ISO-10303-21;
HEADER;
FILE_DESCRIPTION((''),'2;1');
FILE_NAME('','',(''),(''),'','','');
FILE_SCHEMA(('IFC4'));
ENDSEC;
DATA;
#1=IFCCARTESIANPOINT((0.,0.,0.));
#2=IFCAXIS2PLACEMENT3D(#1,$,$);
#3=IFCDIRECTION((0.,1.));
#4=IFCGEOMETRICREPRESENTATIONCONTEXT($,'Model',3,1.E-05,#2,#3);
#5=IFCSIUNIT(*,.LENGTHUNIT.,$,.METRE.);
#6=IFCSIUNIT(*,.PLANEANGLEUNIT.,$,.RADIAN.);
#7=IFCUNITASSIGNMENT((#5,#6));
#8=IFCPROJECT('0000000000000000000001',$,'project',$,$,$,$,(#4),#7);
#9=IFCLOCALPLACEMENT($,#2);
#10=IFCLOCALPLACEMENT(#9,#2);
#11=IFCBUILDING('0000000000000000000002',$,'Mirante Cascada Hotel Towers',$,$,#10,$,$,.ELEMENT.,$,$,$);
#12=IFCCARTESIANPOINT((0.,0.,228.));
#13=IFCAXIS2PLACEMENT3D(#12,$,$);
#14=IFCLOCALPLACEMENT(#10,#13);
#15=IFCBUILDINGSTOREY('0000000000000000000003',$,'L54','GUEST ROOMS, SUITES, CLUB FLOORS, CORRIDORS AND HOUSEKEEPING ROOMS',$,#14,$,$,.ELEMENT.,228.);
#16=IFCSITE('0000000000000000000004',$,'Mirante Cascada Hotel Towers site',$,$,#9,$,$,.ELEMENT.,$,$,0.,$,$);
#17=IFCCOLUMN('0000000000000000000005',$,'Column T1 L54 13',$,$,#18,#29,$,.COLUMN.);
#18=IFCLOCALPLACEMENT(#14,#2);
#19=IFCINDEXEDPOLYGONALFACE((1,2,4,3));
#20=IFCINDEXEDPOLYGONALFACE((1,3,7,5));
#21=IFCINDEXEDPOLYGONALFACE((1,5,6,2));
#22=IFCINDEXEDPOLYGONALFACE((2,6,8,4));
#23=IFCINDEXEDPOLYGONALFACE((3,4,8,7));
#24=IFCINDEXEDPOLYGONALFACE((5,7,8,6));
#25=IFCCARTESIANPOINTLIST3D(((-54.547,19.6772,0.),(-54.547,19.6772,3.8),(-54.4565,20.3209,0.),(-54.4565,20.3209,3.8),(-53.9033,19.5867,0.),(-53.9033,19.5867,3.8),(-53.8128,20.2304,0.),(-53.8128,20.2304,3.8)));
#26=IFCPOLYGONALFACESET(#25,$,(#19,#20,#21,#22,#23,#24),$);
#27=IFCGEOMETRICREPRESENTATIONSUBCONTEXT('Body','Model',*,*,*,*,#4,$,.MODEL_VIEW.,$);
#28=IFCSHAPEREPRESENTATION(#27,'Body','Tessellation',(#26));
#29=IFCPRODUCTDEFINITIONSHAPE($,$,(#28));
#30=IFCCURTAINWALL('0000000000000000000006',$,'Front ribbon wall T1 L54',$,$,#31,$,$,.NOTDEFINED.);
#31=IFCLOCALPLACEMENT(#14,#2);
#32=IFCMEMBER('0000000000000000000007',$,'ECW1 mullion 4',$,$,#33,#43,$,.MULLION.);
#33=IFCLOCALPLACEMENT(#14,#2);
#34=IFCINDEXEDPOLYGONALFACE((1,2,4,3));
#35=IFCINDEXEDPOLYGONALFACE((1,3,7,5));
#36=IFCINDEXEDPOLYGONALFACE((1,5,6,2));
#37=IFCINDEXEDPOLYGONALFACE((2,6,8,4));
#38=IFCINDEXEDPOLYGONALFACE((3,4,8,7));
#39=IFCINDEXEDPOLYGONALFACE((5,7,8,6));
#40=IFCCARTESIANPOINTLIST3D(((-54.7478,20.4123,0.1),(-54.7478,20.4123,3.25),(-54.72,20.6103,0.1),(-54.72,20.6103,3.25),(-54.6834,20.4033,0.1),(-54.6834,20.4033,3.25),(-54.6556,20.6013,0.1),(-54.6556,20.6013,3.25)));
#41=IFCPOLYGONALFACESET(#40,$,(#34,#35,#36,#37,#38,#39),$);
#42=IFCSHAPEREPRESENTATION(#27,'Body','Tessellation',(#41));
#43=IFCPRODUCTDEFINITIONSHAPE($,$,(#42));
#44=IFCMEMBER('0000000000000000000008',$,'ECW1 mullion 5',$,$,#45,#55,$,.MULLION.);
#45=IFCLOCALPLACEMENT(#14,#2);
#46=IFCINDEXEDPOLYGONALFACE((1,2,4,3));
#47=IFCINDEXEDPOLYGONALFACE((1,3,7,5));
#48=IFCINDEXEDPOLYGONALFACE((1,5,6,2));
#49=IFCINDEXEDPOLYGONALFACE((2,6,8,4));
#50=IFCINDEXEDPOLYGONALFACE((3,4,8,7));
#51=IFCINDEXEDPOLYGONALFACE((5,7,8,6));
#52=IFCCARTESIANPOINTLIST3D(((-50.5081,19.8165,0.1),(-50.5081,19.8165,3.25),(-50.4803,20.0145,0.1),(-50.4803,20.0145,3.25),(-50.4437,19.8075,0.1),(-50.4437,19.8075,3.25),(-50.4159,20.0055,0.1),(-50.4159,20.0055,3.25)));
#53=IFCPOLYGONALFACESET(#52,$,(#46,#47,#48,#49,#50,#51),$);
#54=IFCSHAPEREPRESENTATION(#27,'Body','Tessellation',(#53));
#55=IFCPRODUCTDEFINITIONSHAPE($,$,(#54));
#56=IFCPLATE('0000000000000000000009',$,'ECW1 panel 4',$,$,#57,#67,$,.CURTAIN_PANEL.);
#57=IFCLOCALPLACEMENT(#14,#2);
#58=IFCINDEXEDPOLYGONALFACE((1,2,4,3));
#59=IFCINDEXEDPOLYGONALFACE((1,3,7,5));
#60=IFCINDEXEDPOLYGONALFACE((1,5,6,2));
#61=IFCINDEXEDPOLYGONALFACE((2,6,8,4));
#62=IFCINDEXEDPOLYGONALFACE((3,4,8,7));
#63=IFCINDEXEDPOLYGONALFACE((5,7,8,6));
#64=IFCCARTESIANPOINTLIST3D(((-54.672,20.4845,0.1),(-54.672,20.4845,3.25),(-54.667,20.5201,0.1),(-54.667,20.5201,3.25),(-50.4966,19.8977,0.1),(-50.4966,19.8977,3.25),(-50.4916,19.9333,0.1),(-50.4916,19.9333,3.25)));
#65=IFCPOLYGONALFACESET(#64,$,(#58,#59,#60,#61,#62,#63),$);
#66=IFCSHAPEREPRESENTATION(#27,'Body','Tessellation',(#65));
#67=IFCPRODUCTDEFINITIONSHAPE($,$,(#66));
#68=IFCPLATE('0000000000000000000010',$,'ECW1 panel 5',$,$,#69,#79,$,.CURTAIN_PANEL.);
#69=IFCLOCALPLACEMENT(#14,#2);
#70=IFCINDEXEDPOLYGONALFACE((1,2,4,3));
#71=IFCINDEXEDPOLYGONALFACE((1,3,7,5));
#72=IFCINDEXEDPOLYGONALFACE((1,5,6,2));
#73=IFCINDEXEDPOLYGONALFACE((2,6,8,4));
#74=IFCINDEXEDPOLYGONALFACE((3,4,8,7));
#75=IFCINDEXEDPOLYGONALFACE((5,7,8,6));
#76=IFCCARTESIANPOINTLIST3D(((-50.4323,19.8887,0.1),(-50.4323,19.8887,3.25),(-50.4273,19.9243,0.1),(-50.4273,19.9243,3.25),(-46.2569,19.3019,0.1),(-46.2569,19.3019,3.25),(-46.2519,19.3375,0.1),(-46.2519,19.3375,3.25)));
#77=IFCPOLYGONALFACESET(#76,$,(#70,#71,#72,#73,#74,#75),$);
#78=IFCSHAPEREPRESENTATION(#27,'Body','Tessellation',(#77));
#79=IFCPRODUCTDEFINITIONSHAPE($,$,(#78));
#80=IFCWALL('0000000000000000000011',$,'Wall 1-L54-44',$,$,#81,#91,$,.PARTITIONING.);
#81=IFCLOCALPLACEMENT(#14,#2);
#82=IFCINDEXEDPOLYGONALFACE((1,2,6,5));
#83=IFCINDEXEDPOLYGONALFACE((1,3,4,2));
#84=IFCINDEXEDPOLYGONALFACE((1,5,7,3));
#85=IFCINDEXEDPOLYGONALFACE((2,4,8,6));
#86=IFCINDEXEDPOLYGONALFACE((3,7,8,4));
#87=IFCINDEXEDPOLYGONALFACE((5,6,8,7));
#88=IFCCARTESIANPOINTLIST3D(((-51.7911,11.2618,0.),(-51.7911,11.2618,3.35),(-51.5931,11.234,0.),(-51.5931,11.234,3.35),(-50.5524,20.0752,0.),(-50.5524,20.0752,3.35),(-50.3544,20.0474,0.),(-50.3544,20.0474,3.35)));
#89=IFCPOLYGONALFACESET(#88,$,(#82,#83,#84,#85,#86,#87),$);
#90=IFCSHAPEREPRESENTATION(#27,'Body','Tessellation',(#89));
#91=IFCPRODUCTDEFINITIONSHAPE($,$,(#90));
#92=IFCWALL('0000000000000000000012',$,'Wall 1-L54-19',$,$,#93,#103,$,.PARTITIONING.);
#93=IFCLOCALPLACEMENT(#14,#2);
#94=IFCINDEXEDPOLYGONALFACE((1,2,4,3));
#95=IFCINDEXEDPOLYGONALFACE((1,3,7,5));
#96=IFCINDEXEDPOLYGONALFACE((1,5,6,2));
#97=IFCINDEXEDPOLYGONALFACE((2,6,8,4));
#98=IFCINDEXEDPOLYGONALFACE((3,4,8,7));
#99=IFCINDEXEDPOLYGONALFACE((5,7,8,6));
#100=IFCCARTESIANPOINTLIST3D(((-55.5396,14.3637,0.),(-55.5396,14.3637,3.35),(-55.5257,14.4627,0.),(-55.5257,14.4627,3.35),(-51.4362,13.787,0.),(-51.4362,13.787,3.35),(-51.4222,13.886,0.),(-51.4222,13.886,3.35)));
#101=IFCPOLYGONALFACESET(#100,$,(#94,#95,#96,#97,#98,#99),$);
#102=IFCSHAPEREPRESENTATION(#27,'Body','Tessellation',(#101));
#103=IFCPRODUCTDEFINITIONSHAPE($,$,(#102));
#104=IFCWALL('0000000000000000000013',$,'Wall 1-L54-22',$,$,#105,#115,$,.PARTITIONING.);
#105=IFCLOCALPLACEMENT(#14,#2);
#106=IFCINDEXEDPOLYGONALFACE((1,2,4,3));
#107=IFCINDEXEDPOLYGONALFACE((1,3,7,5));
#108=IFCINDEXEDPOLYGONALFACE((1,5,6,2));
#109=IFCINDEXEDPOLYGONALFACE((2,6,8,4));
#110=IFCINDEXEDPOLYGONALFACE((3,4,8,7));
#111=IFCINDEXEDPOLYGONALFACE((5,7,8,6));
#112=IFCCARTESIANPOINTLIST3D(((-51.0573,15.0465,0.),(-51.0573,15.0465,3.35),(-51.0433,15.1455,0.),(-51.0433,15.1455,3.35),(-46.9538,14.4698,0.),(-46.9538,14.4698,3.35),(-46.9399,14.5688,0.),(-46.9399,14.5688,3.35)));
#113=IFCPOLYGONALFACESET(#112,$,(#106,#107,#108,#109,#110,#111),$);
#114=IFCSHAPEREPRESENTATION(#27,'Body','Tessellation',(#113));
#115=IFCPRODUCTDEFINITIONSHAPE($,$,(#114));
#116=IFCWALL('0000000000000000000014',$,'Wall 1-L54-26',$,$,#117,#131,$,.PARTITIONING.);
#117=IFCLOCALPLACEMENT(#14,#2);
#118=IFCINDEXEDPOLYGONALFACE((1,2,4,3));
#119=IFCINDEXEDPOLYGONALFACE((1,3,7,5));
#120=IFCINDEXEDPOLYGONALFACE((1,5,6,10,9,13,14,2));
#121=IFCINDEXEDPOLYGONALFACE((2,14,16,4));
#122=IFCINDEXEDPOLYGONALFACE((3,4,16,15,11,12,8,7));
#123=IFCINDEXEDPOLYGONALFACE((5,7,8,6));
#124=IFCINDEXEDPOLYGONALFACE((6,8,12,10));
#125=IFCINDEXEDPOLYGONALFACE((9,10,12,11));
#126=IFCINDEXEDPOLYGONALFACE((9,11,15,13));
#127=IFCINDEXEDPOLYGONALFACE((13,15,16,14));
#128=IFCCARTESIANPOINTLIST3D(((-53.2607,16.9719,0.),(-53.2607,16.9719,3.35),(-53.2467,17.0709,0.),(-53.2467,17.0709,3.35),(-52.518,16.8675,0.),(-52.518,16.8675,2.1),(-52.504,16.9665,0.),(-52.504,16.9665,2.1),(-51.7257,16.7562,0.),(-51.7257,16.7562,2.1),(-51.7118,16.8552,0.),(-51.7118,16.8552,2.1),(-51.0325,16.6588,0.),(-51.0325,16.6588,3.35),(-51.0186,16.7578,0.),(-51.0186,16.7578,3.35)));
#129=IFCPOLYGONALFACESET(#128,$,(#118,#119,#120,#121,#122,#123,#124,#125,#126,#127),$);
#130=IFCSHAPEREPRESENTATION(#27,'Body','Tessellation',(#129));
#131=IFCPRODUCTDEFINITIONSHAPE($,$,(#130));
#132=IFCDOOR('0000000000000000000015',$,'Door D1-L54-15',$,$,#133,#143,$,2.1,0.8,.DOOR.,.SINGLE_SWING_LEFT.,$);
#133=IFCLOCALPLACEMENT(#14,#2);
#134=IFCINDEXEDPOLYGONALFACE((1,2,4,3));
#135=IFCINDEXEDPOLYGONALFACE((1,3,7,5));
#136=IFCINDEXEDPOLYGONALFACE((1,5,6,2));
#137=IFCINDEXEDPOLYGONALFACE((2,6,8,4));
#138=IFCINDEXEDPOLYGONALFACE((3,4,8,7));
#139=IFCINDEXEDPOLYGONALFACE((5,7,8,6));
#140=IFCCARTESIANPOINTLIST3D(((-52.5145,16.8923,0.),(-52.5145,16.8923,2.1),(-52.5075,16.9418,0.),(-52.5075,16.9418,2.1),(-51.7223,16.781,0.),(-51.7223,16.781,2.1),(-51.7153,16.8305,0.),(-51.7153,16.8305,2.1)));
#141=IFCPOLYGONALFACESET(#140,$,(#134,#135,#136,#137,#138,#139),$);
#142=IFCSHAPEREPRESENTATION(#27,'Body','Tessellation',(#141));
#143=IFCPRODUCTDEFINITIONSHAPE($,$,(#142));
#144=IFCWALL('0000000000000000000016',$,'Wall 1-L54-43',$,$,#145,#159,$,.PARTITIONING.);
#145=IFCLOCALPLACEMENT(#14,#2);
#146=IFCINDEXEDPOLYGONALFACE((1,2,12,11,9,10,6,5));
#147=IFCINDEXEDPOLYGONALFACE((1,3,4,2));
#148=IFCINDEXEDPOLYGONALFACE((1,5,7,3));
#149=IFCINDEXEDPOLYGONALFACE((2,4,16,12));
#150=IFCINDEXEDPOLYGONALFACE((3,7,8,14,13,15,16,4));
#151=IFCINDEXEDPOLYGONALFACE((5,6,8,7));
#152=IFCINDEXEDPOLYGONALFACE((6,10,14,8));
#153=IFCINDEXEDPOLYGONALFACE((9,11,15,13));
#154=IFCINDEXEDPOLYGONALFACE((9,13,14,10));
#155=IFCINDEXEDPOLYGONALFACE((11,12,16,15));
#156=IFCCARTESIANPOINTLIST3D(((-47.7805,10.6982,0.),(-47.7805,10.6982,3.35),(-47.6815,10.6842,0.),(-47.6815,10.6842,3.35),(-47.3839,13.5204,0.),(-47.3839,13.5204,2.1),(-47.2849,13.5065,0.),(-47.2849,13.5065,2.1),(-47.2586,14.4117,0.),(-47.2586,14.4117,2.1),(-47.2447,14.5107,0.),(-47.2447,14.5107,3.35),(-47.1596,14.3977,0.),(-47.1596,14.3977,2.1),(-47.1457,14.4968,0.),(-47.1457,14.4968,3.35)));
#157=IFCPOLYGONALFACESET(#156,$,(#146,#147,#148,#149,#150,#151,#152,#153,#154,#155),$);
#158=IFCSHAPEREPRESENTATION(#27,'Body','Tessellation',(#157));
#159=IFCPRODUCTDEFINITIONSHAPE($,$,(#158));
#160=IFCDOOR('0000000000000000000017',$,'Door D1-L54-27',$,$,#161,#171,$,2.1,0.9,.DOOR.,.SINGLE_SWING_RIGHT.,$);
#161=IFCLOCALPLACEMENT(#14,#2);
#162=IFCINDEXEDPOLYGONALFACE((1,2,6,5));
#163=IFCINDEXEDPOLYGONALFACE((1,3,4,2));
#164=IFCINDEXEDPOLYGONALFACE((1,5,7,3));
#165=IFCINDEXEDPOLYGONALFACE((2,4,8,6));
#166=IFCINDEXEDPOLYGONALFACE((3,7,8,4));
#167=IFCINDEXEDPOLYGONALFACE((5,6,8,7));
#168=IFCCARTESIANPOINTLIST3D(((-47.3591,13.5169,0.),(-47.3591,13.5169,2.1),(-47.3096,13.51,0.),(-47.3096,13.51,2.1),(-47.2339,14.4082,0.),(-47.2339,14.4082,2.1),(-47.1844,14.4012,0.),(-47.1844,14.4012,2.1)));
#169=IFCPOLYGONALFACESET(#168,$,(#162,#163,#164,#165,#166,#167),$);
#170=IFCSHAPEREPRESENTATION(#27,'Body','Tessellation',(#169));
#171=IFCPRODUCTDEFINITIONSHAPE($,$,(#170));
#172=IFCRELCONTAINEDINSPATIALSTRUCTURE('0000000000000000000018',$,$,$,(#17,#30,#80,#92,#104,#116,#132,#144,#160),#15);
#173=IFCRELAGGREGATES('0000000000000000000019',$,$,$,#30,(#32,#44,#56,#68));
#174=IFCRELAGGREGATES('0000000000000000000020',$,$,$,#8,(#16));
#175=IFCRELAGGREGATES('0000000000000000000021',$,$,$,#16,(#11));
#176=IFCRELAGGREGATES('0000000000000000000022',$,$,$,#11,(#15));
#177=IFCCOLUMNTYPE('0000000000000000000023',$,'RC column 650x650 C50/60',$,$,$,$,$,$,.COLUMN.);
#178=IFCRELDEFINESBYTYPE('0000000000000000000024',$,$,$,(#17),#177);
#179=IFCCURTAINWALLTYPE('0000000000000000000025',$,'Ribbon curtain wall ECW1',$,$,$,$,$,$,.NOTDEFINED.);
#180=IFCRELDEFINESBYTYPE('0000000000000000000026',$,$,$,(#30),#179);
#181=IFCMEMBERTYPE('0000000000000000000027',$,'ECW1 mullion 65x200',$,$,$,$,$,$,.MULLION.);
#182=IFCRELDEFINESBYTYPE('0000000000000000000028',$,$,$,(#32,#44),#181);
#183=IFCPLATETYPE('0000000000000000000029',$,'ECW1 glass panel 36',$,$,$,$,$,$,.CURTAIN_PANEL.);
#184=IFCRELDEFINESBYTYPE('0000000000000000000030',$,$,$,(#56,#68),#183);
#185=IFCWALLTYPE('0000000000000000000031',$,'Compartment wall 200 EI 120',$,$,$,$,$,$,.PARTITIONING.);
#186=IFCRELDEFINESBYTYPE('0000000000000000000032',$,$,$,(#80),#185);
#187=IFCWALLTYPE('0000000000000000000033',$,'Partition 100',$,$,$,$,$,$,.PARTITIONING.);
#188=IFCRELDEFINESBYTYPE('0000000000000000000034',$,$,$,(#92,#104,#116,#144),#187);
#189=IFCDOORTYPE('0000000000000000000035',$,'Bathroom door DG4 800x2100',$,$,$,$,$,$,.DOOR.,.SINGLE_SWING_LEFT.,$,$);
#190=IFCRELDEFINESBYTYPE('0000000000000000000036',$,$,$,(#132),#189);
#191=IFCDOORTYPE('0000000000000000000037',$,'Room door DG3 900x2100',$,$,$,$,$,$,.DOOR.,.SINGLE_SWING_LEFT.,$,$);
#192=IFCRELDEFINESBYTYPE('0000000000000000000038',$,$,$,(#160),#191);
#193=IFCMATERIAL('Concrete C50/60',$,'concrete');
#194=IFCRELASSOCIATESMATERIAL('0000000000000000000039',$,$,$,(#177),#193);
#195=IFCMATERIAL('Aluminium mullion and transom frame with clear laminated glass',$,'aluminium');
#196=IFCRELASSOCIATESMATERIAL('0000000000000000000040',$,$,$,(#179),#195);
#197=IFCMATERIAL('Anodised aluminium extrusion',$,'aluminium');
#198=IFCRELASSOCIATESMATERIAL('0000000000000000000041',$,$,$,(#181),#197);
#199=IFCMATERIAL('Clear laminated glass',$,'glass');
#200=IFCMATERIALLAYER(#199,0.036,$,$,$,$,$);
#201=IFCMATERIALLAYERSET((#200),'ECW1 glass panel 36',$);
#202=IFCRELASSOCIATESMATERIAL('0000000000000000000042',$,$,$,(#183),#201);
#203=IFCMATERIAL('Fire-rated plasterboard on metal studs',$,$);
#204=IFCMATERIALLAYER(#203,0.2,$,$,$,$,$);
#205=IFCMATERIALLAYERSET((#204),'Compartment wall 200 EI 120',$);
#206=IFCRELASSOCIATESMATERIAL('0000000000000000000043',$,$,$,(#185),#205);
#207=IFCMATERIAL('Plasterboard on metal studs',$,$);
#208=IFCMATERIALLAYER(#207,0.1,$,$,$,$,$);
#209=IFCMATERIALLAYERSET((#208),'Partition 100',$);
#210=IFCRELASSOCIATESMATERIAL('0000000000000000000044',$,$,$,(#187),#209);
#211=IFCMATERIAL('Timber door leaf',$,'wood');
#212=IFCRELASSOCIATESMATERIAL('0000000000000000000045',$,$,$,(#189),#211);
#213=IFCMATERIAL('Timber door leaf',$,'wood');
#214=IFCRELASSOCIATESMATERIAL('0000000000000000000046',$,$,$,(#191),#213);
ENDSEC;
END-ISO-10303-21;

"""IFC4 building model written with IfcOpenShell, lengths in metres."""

from ifc_helpers import new_model, si_unit, direction, frame, frame_2d, origin, origin_2d, place, context, subcontext, project, spatial, rectangle, extrude, material, layer, layer_set, material_profile, profile_set, type_object, element, fill, aggregate, save


model = new_model("IFC4")

# Units and contexts
model_context = context("Model", 3, precision=1e-05, world=origin(), true_north=direction((0.0, 1.0)))
body_context = subcontext(model_context, "Body", "Model", "MODEL_VIEW")
ifc_project = project(units=[si_unit("LENGTHUNIT", "METRE"), si_unit("PLANEANGLEUNIT", "RADIAN")], contexts=[model_context])

# Site, building, storey
site_placement = place(None, origin())
site = spatial("IfcSite", under=ifc_project, at=site_placement, Name="Mirante Cascada Hotel Towers site", CompositionType="ELEMENT", RefElevation=0.0)
building_placement = place(site_placement, origin())
building = spatial("IfcBuilding", under=site, at=building_placement, Name="Mirante Cascada Hotel Towers", CompositionType="ELEMENT")
storey_placement = place(building_placement, frame((0.0, 0.0, 228.0)))
storey = spatial("IfcBuildingStorey", under=building, at=storey_placement, Name="L54", Description="GUEST ROOMS, SUITES, CLUB FLOORS, CORRIDORS AND HOUSEKEEPING ROOMS", CompositionType="ELEMENT", Elevation=228.0)

# Column
ifc_material_1 = material(Name="Concrete C50/60", Category="concrete")
ifc_material_profile_1 = material_profile(ifc_material_1, rectangle(XDim=0.65, YDim=0.65, at=origin_2d()), Name="RC column 650x650 C50/60")
ifc_profile_set_1 = profile_set([ifc_material_profile_1], Name="Concrete C50/60")
column_type = type_object("IfcColumnType", Name="RC column 650x650 C50/60", PredefinedType="COLUMN", material=ifc_profile_set_1)
column_placement = place(storey_placement, frame((-54.1799, 19.9538, 0.0), z_axis=(0.0, 0.0, 1.0), x_axis=(-0.990268, 0.139173, 0.0)))
element("IfcColumn", 1, at=column_placement, inside=storey, type_object=column_type, Name="Column T1 L54 13", PredefinedType="COLUMN", context=body_context, shape_type="SweptSolid", body=[
    extrude(rectangle(XDim=0.65, YDim=0.65, at=origin_2d()), origin(), (0.0, 0.0, 1.0), 3.8),
])

# Curtain wall, members, plates
ifc_material_2 = material(Name="Aluminium mullion and transom frame with clear laminated glass", Category="aluminium")
curtain_wall_type = type_object("IfcCurtainWallType", Name="Ribbon curtain wall ECW1", PredefinedType="NOTDEFINED", material=ifc_material_2)
curtain_wall_placement = place(storey_placement, origin())
curtain_wall = element("IfcCurtainWall", 2, at=curtain_wall_placement, inside=storey, type_object=curtain_wall_type, Name="Front ribbon wall T1 L54", PredefinedType="NOTDEFINED")
ifc_material_3 = material(Name="Anodised aluminium extrusion", Category="aluminium")
ifc_material_profile_2 = material_profile(ifc_material_3, rectangle(XDim=0.2, YDim=0.065, at=origin_2d()), Name="ECW1 MULLION 65x200")
ifc_profile_set_2 = profile_set([ifc_material_profile_2], Name="Anodised aluminium extrusion")
member_type = type_object("IfcMemberType", Name="ECW1 mullion 65x200", PredefinedType="MULLION", material=ifc_profile_set_2)
member_1_placement = place(storey_placement, frame((-54.7017, 20.5068, 0.1), z_axis=(0.0, 0.0, 1.0), x_axis=(0.139173, 0.990268, 0.0)))
member_1 = element("IfcMember", 3, at=member_1_placement, type_object=member_type, Name="ECW1 mullion 4", PredefinedType="MULLION", context=body_context, shape_type="SweptSolid", body=[
    extrude(rectangle(XDim=0.2, YDim=0.065, at=origin_2d()), origin(), (0.0, 0.0, 1.0), 3.15),
])
member_2_placement = place(storey_placement, frame((-50.462, 19.911, 0.1), z_axis=(0.0, 0.0, 1.0), x_axis=(0.139173, 0.990268, 0.0)))
member_2 = element("IfcMember", 4, at=member_2_placement, type_object=member_type, Name="ECW1 mullion 5", PredefinedType="MULLION", context=body_context, shape_type="SweptSolid", body=[
    extrude(rectangle(XDim=0.2, YDim=0.065, at=origin_2d()), origin(), (0.0, 0.0, 1.0), 3.15),
])
ifc_material_4 = material(Name="Clear laminated glass", Category="glass")
ifc_layer_1 = layer(ifc_material_4, 0.036)
ifc_layer_set_1 = layer_set([ifc_layer_1], Name="ECW1 glass panel 36")
plate_type = type_object("IfcPlateType", Name="ECW1 glass panel 36", PredefinedType="CURTAIN_PANEL", material=ifc_layer_set_1)
plate_1_placement = place(storey_placement, frame((-52.5818, 20.2089, 0.1), z_axis=(0.0, 0.0, 1.0), x_axis=(0.990268, -0.139173, 0.0)))
plate_1 = element("IfcPlate", 5, at=plate_1_placement, type_object=plate_type, Name="ECW1 panel 4", PredefinedType="CURTAIN_PANEL", context=body_context, shape_type="SweptSolid", body=[
    extrude(rectangle(XDim=4.2164, YDim=0.036, at=origin_2d()), origin(), (0.0, 0.0, 1.0), 3.15),
])
plate_2_placement = place(storey_placement, frame((-48.3421, 19.6131, 0.1), z_axis=(0.0, 0.0, 1.0), x_axis=(0.990268, -0.139173, 0.0)))
plate_2 = element("IfcPlate", 6, at=plate_2_placement, type_object=plate_type, Name="ECW1 panel 5", PredefinedType="CURTAIN_PANEL", context=body_context, shape_type="SweptSolid", body=[
    extrude(rectangle(XDim=4.2164, YDim=0.036, at=origin_2d()), origin(), (0.0, 0.0, 1.0), 3.15),
])
aggregate(curtain_wall, [member_1, member_2, plate_1, plate_2])

# Walls
ifc_material_5 = material(Name="Fire-rated plasterboard on metal studs")
ifc_layer_2 = layer(ifc_material_5, 0.2)
ifc_layer_set_2 = layer_set([ifc_layer_2], Name="Compartment wall 200 EI 120")
wall_type_1 = type_object("IfcWallType", Name="Compartment wall 200 EI 120", PredefinedType="PARTITIONING", material=ifc_layer_set_2)
wall_1_placement = place(storey_placement, frame((-50.4534, 20.0613, 0.0), z_axis=(0.0, 0.0, 1.0), x_axis=(-0.139179, -0.990267, 0.0)))
element("IfcWall", 7, at=wall_1_placement, inside=storey, type_object=wall_type_1, Name="Wall 1-L54-44", PredefinedType="PARTITIONING", context=body_context, shape_type="SweptSolid", body=[
    extrude(rectangle(XDim=8.9, YDim=0.2, at=frame_2d((4.45, 0.0))), origin(), (0.0, 0.0, 1.0), 3.35),
])
ifc_material_6 = material(Name="Plasterboard on metal studs")
ifc_layer_3 = layer(ifc_material_6, 0.1)
ifc_layer_set_3 = layer_set([ifc_layer_3], Name="Partition 100")
wall_type_2 = type_object("IfcWallType", Name="Partition 100", PredefinedType="PARTITIONING", material=ifc_layer_set_3)
for number, where, z_axis, x_axis, name in (
    (8, (-51.4292, 13.8365, 0.0), (0.0, 0.0, 1.0), (-0.990268, 0.139171, 0.0), "Wall 1-L54-19"),
    (9, (-51.0503, 15.096, 0.0), (0.0, 0.0, 1.0), (0.990268, -0.139171, 0.0), "Wall 1-L54-22"),
):
    element("IfcWall", number, at=place(storey_placement, frame(where, z_axis=z_axis, x_axis=x_axis)), inside=storey, type_object=wall_type_2, Name=name, PredefinedType="PARTITIONING", context=body_context, shape_type="SweptSolid", body=[
        extrude(rectangle(XDim=4.1438, YDim=0.1, at=frame_2d((2.0719, 0.0))), origin(), (0.0, 0.0, 1.0), 3.35),
    ])

# Walls, openings, doors
wall_2_placement = place(storey_placement, frame((-53.2537, 17.0214, 0.0), z_axis=(0.0, 0.0, 1.0), x_axis=(0.990271, -0.139156, 0.0)))
wall_2 = element("IfcWall", 10, at=wall_2_placement, inside=storey, type_object=wall_type_2, Name="Wall 1-L54-26", PredefinedType="PARTITIONING", context=body_context, shape_type="SweptSolid", body=[
    extrude(rectangle(XDim=2.25, YDim=0.1, at=frame_2d((1.125, 0.0))), origin(), (0.0, 0.0, 1.0), 3.35),
])
opening_1_placement = place(wall_2_placement, frame((0.75, 0.0, 0.0)))
opening_1 = element("IfcOpeningElement", 11, at=opening_1_placement, cuts=wall_2, PredefinedType="OPENING", context=body_context, shape_type="SweptSolid", body=[
    extrude(rectangle(XDim=0.8, YDim=2.1, at=frame_2d((0.4, 1.05))), frame((0.0, 0.05, 0.0), z_axis=(0.0, -1.0, 0.0), x_axis=(1.0, 0.0, 0.0)), (0.0, 0.0, 1.0), 0.1),
])
ifc_material_7 = material(Name="Timber door leaf", Category="wood")
door_type_1 = type_object("IfcDoorType", Name="Bathroom door DG4 800x2100", OperationType="SINGLE_SWING_LEFT", PredefinedType="DOOR", material=ifc_material_7)
door_1_placement = place(opening_1_placement, origin())
door_1 = element("IfcDoor", 12, at=door_1_placement, inside=storey, type_object=door_type_1, Name="Door D1-L54-15", OperationType="SINGLE_SWING_LEFT", OverallHeight=2.1, OverallWidth=0.8, PredefinedType="DOOR", context=body_context, shape_type="SweptSolid", body=[
    extrude(rectangle(XDim=0.8, YDim=2.1, at=frame_2d((0.4, 1.05))), frame((0.0, 0.025, 0.0), z_axis=(0.0, -1.0, 0.0), x_axis=(1.0, 0.0, 0.0)), (0.0, 0.0, 1.0), 0.05),
])
fill(opening_1, door_1)
wall_3_placement = place(storey_placement, frame((-47.731, 10.6912, 0.0), z_axis=(0.0, 0.0, 1.0), x_axis=(0.13917, 0.990268, 0.0)))
wall_3 = element("IfcWall", 13, at=wall_3_placement, inside=storey, type_object=wall_type_2, Name="Wall 1-L54-43", PredefinedType="PARTITIONING", context=body_context, shape_type="SweptSolid", body=[
    extrude(rectangle(XDim=3.85, YDim=0.1, at=frame_2d((1.925, 0.0))), origin(), (0.0, 0.0, 1.0), 3.35),
])
opening_2_placement = place(wall_3_placement, frame((2.85, 0.0, 0.0)))
opening_2 = element("IfcOpeningElement", 14, at=opening_2_placement, cuts=wall_3, PredefinedType="OPENING", context=body_context, shape_type="SweptSolid", body=[
    extrude(rectangle(XDim=0.9, YDim=2.1, at=frame_2d((0.45, 1.05))), frame((0.0, 0.05, 0.0), z_axis=(0.0, -1.0, 0.0), x_axis=(1.0, 0.0, 0.0)), (0.0, 0.0, 1.0), 0.1),
])
ifc_material_8 = material(Name="Timber door leaf", Category="wood")
door_type_2 = type_object("IfcDoorType", Name="Room door DG3 900x2100", OperationType="SINGLE_SWING_LEFT", PredefinedType="DOOR", material=ifc_material_8)
door_2_placement = place(opening_2_placement, frame((0.9, 0.0, 0.0), z_axis=(0.0, 0.0, 1.0), x_axis=(-1.0, 0.0, 0.0)))
door_2 = element("IfcDoor", 15, at=door_2_placement, inside=storey, type_object=door_type_2, Name="Door D1-L54-27", OperationType="SINGLE_SWING_RIGHT", OverallHeight=2.1, OverallWidth=0.9, PredefinedType="DOOR", context=body_context, shape_type="SweptSolid", body=[
    extrude(rectangle(XDim=0.9, YDim=2.1, at=frame_2d((0.45, 1.05))), frame((0.0, 0.025, 0.0), z_axis=(0.0, -1.0, 0.0), x_axis=(1.0, 0.0, 0.0)), (0.0, 0.0, 1.0), 0.05),
])
fill(opening_2, door_2)

save(model, "model.ifc")
